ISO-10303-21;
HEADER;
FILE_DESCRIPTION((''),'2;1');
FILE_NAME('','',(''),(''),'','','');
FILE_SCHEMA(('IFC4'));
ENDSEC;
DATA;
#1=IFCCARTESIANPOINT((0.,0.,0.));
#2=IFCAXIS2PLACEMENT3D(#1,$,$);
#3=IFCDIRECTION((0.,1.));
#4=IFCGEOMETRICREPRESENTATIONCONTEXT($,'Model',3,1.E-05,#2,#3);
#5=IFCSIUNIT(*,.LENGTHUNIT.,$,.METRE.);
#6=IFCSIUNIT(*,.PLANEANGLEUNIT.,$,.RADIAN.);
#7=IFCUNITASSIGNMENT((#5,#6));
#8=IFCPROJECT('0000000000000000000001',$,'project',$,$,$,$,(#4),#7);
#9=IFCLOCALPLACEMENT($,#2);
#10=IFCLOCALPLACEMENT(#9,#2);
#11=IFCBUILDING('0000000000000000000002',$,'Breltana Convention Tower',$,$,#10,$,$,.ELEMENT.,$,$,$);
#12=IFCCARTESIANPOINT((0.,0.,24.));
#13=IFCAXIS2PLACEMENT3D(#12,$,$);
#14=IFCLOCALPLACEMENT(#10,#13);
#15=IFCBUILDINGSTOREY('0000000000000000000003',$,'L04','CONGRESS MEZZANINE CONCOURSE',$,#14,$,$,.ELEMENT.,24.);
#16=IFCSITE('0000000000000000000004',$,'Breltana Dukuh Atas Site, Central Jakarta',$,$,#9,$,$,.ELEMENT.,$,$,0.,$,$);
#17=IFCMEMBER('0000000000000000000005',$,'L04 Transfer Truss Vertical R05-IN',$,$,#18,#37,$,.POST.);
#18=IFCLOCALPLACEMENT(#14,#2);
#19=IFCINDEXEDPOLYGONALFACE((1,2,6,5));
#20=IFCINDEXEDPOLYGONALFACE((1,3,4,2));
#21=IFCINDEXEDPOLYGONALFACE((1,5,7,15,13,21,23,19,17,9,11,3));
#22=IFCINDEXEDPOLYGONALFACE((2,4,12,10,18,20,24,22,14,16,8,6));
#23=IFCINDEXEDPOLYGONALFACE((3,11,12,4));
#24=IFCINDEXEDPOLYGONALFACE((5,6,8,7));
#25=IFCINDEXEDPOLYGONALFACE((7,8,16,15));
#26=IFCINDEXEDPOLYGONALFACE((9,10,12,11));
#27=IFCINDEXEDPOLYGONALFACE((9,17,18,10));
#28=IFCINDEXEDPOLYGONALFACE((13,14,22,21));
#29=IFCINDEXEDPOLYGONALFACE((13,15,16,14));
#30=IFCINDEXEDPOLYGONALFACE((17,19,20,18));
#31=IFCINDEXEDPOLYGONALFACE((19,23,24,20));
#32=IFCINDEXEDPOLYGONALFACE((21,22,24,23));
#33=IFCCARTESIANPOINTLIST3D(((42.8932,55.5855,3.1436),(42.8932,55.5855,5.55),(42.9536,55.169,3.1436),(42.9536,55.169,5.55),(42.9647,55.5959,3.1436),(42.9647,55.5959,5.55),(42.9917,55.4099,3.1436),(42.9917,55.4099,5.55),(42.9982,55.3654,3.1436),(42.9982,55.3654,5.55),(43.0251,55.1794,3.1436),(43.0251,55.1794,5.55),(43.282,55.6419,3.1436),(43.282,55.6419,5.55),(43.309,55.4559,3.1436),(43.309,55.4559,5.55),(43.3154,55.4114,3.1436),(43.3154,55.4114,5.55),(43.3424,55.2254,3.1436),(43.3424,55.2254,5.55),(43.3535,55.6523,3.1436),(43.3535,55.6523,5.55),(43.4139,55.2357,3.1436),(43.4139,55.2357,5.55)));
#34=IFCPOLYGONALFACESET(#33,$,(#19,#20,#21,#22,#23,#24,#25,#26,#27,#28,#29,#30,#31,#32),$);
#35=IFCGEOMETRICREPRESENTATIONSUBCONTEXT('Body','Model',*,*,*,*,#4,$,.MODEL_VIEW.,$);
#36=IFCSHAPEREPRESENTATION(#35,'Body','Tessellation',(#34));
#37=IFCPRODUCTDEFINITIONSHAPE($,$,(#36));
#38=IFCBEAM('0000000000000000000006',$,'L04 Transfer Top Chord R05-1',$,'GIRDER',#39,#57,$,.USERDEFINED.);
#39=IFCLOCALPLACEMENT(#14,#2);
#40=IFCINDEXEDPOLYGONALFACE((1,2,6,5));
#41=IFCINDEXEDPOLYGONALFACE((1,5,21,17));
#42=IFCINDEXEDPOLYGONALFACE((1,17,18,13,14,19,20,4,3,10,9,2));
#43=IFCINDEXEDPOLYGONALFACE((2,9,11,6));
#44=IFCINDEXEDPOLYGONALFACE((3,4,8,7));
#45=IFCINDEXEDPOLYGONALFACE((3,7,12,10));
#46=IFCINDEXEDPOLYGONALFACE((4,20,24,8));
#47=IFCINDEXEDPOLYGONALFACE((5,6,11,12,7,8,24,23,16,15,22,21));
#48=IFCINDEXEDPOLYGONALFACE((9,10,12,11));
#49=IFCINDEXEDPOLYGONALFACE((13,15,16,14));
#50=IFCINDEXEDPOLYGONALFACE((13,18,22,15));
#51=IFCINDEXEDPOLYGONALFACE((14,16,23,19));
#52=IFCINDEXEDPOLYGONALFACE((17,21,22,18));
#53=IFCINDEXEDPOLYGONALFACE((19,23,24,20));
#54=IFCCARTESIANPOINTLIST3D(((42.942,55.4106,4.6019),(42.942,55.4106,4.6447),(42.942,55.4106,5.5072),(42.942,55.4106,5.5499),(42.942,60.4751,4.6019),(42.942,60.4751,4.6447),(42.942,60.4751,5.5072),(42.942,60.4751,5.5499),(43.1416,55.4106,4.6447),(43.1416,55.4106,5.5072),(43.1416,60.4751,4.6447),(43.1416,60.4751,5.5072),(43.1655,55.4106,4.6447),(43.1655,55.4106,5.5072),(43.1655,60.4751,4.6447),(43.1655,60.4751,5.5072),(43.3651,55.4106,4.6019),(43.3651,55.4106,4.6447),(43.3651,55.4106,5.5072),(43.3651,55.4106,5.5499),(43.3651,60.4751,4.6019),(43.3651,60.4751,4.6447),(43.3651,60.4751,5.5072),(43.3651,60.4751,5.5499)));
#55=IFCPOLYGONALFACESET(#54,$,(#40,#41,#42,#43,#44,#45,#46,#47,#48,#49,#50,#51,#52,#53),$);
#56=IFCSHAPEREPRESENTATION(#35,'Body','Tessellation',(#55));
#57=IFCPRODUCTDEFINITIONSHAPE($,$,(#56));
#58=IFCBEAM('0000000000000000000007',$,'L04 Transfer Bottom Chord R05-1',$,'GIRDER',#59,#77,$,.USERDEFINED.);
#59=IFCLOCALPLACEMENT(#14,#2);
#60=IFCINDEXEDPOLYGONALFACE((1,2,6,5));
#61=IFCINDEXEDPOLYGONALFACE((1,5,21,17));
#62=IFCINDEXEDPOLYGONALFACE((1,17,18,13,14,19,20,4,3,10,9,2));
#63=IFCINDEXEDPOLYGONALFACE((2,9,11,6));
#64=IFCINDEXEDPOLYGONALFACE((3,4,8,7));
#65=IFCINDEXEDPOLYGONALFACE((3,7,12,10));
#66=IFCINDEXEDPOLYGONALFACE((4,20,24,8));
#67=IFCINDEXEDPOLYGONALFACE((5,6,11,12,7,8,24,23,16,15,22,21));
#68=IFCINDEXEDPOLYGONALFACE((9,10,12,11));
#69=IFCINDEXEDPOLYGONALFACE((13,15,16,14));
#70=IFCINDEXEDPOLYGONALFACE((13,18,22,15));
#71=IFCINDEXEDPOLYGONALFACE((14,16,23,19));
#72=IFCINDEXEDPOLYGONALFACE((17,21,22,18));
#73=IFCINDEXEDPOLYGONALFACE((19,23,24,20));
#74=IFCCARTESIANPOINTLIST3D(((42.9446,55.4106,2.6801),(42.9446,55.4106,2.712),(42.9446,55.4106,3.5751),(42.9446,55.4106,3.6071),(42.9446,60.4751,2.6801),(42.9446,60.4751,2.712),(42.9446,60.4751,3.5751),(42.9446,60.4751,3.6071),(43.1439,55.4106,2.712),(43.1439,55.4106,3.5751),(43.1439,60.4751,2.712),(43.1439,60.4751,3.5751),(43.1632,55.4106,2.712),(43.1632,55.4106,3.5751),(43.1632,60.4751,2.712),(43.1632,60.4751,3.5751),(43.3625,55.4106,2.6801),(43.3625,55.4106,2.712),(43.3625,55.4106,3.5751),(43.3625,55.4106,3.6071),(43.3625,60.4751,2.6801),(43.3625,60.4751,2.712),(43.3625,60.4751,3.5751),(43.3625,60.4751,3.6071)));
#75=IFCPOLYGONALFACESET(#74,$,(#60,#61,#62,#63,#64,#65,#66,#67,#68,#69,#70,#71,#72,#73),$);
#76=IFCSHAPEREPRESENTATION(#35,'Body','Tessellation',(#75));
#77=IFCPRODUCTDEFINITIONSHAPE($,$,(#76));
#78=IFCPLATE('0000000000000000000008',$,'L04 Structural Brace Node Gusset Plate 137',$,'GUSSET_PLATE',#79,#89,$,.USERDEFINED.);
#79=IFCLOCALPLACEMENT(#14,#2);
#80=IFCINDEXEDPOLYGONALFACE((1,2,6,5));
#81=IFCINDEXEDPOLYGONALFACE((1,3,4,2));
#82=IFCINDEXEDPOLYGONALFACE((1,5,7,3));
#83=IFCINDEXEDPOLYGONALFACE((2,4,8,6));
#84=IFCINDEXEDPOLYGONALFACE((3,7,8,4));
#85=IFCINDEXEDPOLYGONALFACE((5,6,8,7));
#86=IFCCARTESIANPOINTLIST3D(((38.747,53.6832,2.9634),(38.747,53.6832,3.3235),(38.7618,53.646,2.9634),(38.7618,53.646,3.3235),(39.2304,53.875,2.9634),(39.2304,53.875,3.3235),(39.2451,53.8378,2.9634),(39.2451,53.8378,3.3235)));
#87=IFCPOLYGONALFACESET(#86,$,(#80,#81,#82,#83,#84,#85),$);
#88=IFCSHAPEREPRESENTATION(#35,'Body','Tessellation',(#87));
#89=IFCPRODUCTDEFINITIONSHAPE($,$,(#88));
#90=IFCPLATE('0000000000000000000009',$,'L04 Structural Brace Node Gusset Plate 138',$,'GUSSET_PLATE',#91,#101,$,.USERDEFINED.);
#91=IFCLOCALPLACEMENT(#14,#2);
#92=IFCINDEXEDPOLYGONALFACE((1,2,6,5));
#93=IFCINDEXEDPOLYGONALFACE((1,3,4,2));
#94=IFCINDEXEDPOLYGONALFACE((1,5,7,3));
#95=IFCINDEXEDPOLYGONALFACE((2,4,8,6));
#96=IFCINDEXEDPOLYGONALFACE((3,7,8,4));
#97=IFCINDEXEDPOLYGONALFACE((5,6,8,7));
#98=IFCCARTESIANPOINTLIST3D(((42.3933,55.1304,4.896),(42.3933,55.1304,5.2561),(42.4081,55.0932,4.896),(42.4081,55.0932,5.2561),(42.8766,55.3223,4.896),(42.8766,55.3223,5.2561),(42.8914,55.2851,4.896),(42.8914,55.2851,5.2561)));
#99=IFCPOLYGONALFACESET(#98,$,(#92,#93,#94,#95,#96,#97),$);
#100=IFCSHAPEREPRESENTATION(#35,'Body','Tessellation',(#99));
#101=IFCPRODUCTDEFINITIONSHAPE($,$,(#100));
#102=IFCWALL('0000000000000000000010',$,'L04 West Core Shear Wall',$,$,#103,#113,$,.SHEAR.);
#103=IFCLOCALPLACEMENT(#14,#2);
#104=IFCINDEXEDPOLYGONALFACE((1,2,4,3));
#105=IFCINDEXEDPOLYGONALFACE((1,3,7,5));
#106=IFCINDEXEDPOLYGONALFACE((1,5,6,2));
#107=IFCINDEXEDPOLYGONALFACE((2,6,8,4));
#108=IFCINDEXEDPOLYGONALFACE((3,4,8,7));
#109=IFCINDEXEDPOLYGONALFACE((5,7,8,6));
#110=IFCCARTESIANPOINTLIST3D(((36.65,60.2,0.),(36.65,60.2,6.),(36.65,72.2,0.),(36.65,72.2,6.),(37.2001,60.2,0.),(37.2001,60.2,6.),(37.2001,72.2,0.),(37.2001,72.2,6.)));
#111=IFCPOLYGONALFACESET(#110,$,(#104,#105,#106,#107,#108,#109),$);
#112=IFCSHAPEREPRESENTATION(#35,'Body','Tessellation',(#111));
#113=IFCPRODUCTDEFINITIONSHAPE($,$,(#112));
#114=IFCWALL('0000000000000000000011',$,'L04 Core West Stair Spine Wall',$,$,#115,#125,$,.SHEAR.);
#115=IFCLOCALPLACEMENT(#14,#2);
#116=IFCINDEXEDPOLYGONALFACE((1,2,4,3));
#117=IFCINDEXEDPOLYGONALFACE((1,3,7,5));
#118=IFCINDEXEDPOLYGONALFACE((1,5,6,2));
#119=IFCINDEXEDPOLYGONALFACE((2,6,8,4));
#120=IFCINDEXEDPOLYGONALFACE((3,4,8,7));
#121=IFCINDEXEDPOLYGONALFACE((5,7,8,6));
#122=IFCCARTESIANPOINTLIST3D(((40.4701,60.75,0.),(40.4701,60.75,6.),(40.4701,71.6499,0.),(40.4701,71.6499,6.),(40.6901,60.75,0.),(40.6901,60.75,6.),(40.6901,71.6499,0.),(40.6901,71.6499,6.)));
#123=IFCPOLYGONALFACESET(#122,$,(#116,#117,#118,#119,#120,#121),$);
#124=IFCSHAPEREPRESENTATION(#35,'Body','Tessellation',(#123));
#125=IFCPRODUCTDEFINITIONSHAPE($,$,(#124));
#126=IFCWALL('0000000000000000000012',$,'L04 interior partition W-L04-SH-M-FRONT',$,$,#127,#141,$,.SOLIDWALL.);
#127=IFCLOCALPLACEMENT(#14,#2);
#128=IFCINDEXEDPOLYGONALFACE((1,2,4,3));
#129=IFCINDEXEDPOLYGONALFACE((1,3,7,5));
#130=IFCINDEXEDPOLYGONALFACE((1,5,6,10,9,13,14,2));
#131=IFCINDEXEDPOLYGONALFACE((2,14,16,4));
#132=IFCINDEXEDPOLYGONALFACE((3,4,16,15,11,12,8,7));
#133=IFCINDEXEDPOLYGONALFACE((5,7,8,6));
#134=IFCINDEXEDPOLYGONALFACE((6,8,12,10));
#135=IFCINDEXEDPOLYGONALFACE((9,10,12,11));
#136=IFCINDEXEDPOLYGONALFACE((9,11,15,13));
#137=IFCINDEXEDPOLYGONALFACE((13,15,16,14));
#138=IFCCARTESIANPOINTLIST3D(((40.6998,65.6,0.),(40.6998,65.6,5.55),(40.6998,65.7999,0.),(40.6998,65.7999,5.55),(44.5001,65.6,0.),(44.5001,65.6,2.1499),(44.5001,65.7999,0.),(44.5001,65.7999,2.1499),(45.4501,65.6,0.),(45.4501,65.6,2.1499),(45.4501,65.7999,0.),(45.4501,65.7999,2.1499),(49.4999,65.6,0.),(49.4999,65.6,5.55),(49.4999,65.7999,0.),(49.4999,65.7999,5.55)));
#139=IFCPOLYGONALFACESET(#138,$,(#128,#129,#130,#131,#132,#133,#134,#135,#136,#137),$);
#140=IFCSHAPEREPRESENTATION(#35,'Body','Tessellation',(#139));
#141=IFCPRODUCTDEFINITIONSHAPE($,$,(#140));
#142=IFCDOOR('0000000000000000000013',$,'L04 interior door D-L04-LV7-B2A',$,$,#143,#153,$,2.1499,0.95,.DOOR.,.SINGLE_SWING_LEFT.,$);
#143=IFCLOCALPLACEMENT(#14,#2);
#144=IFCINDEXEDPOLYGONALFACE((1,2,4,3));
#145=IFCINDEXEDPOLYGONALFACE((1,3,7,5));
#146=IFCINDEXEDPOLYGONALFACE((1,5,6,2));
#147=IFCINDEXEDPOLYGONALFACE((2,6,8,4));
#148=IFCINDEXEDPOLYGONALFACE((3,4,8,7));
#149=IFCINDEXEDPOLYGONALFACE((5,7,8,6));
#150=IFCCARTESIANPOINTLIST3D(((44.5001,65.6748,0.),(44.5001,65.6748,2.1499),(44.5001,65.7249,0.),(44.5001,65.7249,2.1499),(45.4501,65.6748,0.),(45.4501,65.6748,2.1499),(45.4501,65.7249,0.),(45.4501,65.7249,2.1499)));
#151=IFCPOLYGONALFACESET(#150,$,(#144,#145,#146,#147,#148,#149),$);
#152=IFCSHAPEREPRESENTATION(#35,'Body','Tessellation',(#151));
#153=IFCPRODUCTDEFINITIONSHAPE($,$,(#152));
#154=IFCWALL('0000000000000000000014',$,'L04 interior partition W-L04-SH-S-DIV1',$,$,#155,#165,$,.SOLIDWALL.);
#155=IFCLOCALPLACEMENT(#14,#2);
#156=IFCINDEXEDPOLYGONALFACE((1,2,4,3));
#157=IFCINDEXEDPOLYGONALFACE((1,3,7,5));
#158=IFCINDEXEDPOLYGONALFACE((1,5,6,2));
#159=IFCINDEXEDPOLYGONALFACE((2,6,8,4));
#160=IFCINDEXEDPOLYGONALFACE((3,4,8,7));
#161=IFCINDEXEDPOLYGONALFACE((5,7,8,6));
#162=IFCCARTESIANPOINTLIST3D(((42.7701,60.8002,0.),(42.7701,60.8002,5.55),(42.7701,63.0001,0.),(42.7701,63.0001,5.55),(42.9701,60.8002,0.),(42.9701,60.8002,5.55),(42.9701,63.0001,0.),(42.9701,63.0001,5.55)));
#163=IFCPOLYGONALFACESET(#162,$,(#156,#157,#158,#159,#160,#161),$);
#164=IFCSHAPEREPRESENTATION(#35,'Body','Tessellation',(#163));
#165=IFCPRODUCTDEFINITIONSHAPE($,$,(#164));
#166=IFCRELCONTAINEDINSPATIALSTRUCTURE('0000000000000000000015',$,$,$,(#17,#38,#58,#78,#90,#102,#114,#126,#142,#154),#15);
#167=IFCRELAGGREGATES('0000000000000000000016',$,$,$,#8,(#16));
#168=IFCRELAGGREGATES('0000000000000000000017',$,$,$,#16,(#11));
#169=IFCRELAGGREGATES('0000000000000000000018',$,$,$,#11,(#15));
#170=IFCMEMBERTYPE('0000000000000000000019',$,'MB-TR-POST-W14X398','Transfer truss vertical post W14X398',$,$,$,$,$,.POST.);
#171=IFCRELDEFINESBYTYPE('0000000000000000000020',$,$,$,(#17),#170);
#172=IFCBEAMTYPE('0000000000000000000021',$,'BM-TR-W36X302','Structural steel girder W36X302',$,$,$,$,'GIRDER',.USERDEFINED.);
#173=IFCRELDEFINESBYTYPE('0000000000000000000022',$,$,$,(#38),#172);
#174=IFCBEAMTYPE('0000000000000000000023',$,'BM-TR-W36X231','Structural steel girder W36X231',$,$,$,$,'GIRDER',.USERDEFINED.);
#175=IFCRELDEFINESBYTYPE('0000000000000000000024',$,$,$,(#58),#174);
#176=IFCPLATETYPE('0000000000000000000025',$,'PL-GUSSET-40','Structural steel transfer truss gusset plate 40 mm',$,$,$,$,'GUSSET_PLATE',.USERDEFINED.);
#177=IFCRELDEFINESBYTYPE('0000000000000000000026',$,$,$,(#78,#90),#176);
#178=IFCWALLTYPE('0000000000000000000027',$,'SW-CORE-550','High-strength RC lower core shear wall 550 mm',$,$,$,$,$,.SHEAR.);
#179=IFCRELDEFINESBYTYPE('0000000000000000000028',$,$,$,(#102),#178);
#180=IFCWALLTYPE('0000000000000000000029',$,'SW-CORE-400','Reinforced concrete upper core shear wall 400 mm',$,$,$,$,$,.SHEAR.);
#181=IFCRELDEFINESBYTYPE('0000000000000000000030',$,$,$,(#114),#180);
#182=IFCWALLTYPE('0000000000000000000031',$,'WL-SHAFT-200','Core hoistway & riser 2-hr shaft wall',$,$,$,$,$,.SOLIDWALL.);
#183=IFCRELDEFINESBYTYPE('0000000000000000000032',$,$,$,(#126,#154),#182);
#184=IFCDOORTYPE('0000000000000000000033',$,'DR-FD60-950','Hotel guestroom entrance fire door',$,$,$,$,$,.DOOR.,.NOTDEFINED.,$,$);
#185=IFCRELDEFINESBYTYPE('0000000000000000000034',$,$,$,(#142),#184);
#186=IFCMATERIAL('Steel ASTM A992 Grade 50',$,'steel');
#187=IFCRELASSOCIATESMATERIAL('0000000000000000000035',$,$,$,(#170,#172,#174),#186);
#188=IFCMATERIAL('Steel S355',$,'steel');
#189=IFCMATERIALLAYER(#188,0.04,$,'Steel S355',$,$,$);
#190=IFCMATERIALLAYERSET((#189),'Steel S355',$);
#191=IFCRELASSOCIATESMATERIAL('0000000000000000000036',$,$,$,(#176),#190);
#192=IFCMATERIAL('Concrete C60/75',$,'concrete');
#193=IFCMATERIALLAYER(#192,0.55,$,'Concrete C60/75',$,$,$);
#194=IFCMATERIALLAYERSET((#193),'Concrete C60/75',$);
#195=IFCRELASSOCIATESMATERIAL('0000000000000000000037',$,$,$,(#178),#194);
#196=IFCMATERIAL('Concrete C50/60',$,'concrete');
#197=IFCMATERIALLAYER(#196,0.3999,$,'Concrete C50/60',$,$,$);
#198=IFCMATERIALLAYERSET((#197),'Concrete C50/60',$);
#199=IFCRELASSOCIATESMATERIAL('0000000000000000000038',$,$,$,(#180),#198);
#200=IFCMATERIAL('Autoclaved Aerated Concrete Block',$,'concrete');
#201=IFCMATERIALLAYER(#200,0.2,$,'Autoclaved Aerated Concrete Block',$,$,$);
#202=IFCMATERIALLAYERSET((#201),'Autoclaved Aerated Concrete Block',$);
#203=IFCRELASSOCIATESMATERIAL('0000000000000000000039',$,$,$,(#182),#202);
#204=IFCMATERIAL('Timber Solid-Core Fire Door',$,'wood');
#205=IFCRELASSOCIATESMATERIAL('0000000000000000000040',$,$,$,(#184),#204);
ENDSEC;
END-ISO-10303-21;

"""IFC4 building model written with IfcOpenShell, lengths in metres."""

from ifc_helpers import new_model, si_unit, direction, frame, frame_2d, origin, origin_2d, place, context, subcontext, project, spatial, rectangle, i_section, extrude, source, transform, mapped, material, layer, layer_set, material_profile, profile_set, type_object, type_shapes, element, fill, save


model = new_model("IFC4")

# Units and contexts
model_context = context("Model", 3, precision=1e-05, world=origin(), true_north=direction((0.0, 1.0)))
body_context = subcontext(model_context, "Body", "Model", "MODEL_VIEW")
ifc_project = project(units=[si_unit("LENGTHUNIT", "METRE"), si_unit("PLANEANGLEUNIT", "RADIAN")], contexts=[model_context])

# Site, building, storey
site_placement = place(None, origin())
site = spatial("IfcSite", under=ifc_project, at=site_placement, Name="Breltana Dukuh Atas Site, Central Jakarta", CompositionType="ELEMENT", RefElevation=0.0)
building_placement = place(site_placement, origin())
building = spatial("IfcBuilding", under=site, at=building_placement, Name="Breltana Convention Tower", CompositionType="ELEMENT")
storey_placement = place(building_placement, frame((0.0, 0.0, 24.0)))
storey = spatial("IfcBuildingStorey", under=building, at=storey_placement, Name="L04", Description="CONGRESS MEZZANINE CONCOURSE", CompositionType="ELEMENT", Elevation=24.0)

# Member
ifc_material_1 = material(Name="Steel ASTM A992 Grade 50", Category="steel")
ifc_material_profile_1 = material_profile(ifc_material_1, i_section(OverallWidth=0.4209, OverallDepth=0.4651, WebThickness=0.0449, FlangeThickness=0.0723, at=origin_2d()), Name="W14X398")
ifc_profile_set_1 = profile_set([ifc_material_profile_1], Name="Steel ASTM A992 Grade 50")
member_type = type_object("IfcMemberType", Name="MB-TR-POST-W14X398", Description="Transfer truss vertical post W14X398", PredefinedType="POST", material=ifc_profile_set_1)
shared_shape_1 = source(origin(), body_context, "Body", "SweptSolid", [
    extrude(i_section(OverallWidth=0.4209, OverallDepth=0.4651, WebThickness=0.0449, FlangeThickness=0.0723, at=origin_2d()), origin(), (0.0, 0.0, 1.0), 2.4065),
])
type_shapes(member_type, [shared_shape_1])
member_placement = place(storey_placement, frame((43.1536, 55.4106, 3.1436), z_axis=(0.0, 0.0, 1.0), x_axis=(-0.143493, 0.989651, 0.0)))
element("IfcMember", 1, at=member_placement, inside=storey, type_object=member_type, Name="L04 Transfer Truss Vertical R05-IN", PredefinedType="POST", context=body_context, shape_type="MappedRepresentation", body=[
    mapped(shared_shape_1, transform((0.0, 0.0, 0.0), scale=1.0)),
])

# Beams
ifc_material_profile_2 = material_profile(ifc_material_1, i_section(OverallWidth=0.4231, OverallDepth=0.948, WebThickness=0.0239, FlangeThickness=0.0427, at=origin_2d()), Name="W36X302")
ifc_profile_set_2 = profile_set([ifc_material_profile_2], Name="Steel ASTM A992 Grade 50")
beam_type_1 = type_object("IfcBeamType", Name="BM-TR-W36X302", Description="Structural steel girder W36X302", ElementType="GIRDER", PredefinedType="USERDEFINED", material=ifc_profile_set_2)
shared_shape_2 = source(origin(), body_context, "Body", "SweptSolid", [
    extrude(i_section(OverallWidth=0.4231, OverallDepth=0.948, WebThickness=0.0239, FlangeThickness=0.0427, at=origin_2d()), origin(), (0.0, 0.0, 1.0), 5.0645),
])
beam_1_placement = place(storey_placement, frame((43.1536, 55.4106, 5.0759), z_axis=(0.0, 1.0, 0.0), x_axis=(-1.0, 0.0, 0.0)))
element("IfcBeam", 2, at=beam_1_placement, inside=storey, type_object=beam_type_1, Name="L04 Transfer Top Chord R05-1", ObjectType="GIRDER", PredefinedType="USERDEFINED", context=body_context, shape_type="MappedRepresentation", body=[
    mapped(shared_shape_2, transform((0.0, 0.0, 0.0), scale=1.0)),
])
ifc_material_profile_3 = material_profile(ifc_material_1, i_section(OverallWidth=0.418, OverallDepth=0.927, WebThickness=0.0193, FlangeThickness=0.032, at=origin_2d()), Name="W36X231")
ifc_profile_set_3 = profile_set([ifc_material_profile_3], Name="Steel ASTM A992 Grade 50")
beam_type_2 = type_object("IfcBeamType", Name="BM-TR-W36X231", Description="Structural steel girder W36X231", ElementType="GIRDER", PredefinedType="USERDEFINED", material=ifc_profile_set_3)
shared_shape_3 = source(origin(), body_context, "Body", "SweptSolid", [
    extrude(i_section(OverallWidth=0.418, OverallDepth=0.927, WebThickness=0.0193, FlangeThickness=0.032, at=origin_2d()), origin(), (0.0, 0.0, 1.0), 5.0645),
])
beam_2_placement = place(storey_placement, frame((43.1536, 55.4106, 3.1436), z_axis=(0.0, 1.0, 0.0), x_axis=(-1.0, 0.0, 0.0)))
element("IfcBeam", 3, at=beam_2_placement, inside=storey, type_object=beam_type_2, Name="L04 Transfer Bottom Chord R05-1", ObjectType="GIRDER", PredefinedType="USERDEFINED", context=body_context, shape_type="MappedRepresentation", body=[
    mapped(shared_shape_3, transform((0.0, 0.0, 0.0), scale=1.0)),
])

# Plates
ifc_material_2 = material(Name="Steel S355", Category="steel")
ifc_layer_1 = layer(ifc_material_2, 0.04, Name="Steel S355")
ifc_layer_set_1 = layer_set([ifc_layer_1], Name="Steel S355")
plate_type = type_object("IfcPlateType", Name="PL-GUSSET-40", Description="Structural steel transfer truss gusset plate 40 mm", ElementType="GUSSET_PLATE", PredefinedType="USERDEFINED", material=ifc_layer_set_1)
shared_shape_4 = source(origin(), body_context, "Body", "SweptSolid", [
    extrude(rectangle(XDim=0.52, YDim=0.04, at=origin_2d()), origin(), (0.0, 0.0, 1.0), 0.3601),
])
for number, where, z_axis, x_axis, name in (
    (4, (38.9961, 53.7605, 2.9634), (0.0, 0.0, 1.0), (0.929455, 0.368936, 0.0), "L04 Structural Brace Node Gusset Plate 137"),
    (5, (42.6423, 55.2078, 4.896), (0.0, 0.0, 1.0), (0.929455, 0.368936, 0.0), "L04 Structural Brace Node Gusset Plate 138"),
):
    element("IfcPlate", number, at=place(storey_placement, frame(where, z_axis=z_axis, x_axis=x_axis)), inside=storey, type_object=plate_type, Name=name, ObjectType="GUSSET_PLATE", PredefinedType="USERDEFINED", context=body_context, shape_type="MappedRepresentation", body=[
        mapped(shared_shape_4, transform((0.0, 0.0, 0.0), scale=1.0)),
    ])

# Wall
ifc_material_3 = material(Name="Concrete C60/75", Category="concrete")
ifc_layer_2 = layer(ifc_material_3, 0.55, Name="Concrete C60/75")
ifc_layer_set_2 = layer_set([ifc_layer_2], Name="Concrete C60/75")
wall_type_1 = type_object("IfcWallType", Name="SW-CORE-550", Description="High-strength RC lower core shear wall 550 mm", PredefinedType="SHEAR", material=ifc_layer_set_2)
shared_shape_5 = source(origin(), body_context, "Body", "SweptSolid", [
    extrude(rectangle(XDim=12.0, YDim=0.55, at=frame_2d((6.0, 0.0))), origin(), (0.0, 0.0, 1.0), 6.0),
])
wall_1_placement = place(storey_placement, frame((36.925, 60.2, 0.0), z_axis=(0.0, 0.0, 1.0), x_axis=(0.0, 1.0, 0.0)))
element("IfcWall", 6, at=wall_1_placement, inside=storey, type_object=wall_type_1, Name="L04 West Core Shear Wall", PredefinedType="SHEAR", context=body_context, shape_type="MappedRepresentation", body=[
    mapped(shared_shape_5, transform((0.0, 0.0, 0.0), scale=1.0)),
])

# Wall
ifc_material_4 = material(Name="Concrete C50/60", Category="concrete")
ifc_layer_3 = layer(ifc_material_4, 0.3999, Name="Concrete C50/60")
ifc_layer_set_3 = layer_set([ifc_layer_3], Name="Concrete C50/60")
wall_type_2 = type_object("IfcWallType", Name="SW-CORE-400", Description="Reinforced concrete upper core shear wall 400 mm", PredefinedType="SHEAR", material=ifc_layer_set_3)
shared_shape_6 = source(origin(), body_context, "Body", "SweptSolid", [
    extrude(rectangle(XDim=10.8999, YDim=0.22, at=frame_2d((5.45, 0.0))), origin(), (0.0, 0.0, 1.0), 6.0),
])
wall_2_placement = place(storey_placement, frame((40.5801, 60.75, 0.0), z_axis=(0.0, 0.0, 1.0), x_axis=(0.0, 1.0, 0.0)))
element("IfcWall", 7, at=wall_2_placement, inside=storey, type_object=wall_type_2, Name="L04 Core West Stair Spine Wall", PredefinedType="SHEAR", context=body_context, shape_type="MappedRepresentation", body=[
    mapped(shared_shape_6, transform((0.0, 0.0, 0.0), scale=1.0)),
])

# Wall, opening, door
ifc_material_5 = material(Name="Autoclaved Aerated Concrete Block", Category="concrete")
ifc_layer_4 = layer(ifc_material_5, 0.2, Name="Autoclaved Aerated Concrete Block")
ifc_layer_set_4 = layer_set([ifc_layer_4], Name="Autoclaved Aerated Concrete Block")
wall_type_3 = type_object("IfcWallType", Name="WL-SHAFT-200", Description="Core hoistway & riser 2-hr shaft wall", PredefinedType="SOLIDWALL", material=ifc_layer_set_4)
shared_shape_7 = source(origin(), body_context, "Body", "SweptSolid", [
    extrude(rectangle(XDim=8.8, YDim=0.2, at=frame_2d((4.3999, 0.0))), origin(), (0.0, 0.0, 1.0), 5.55),
])
wall_3_placement = place(storey_placement, frame((40.7, 65.7, 0.0), z_axis=(0.0, 0.0, 1.0), x_axis=(1.0, 0.0, 0.0)))
wall_3 = element("IfcWall", 8, at=wall_3_placement, inside=storey, type_object=wall_type_3, Name="L04 interior partition W-L04-SH-M-FRONT", PredefinedType="SOLIDWALL", context=body_context, shape_type="MappedRepresentation", body=[
    mapped(shared_shape_7, transform((0.0, 0.0, 0.0), scale=1.0)),
])
opening_1_placement = place(wall_3_placement, frame((3.8, 0.0, 0.0)))
opening_1 = element("IfcOpeningElement", 9, at=opening_1_placement, cuts=wall_3, PredefinedType="OPENING", context=body_context, shape_type="SweptSolid", body=[
    extrude(rectangle(XDim=0.95, YDim=2.1499, at=frame_2d((0.4751, 1.075))), frame((0.0, 0.1099, 0.0), z_axis=(0.0, -1.0, 0.0), x_axis=(1.0, 0.0, 0.0)), (0.0, 0.0, 1.0), 0.22),
])
ifc_material_6 = material(Name="Timber Solid-Core Fire Door", Category="wood")
door_type_1 = type_object("IfcDoorType", Name="DR-FD60-950", Description="Hotel guestroom entrance fire door", OperationType="NOTDEFINED", PredefinedType="DOOR", material=ifc_material_6)
shared_shape_8 = source(origin(), body_context, "Body", "SweptSolid", [
    extrude(rectangle(XDim=0.95, YDim=2.1499, at=frame_2d((0.4751, 1.075))), frame((0.0, 0.0249, 0.0), z_axis=(0.0, -1.0, 0.0), x_axis=(1.0, 0.0, 0.0)), (0.0, 0.0, 1.0), 0.05),
])
type_shapes(door_type_1, [shared_shape_8])
door_1_placement = place(opening_1_placement, origin())
door_1 = element("IfcDoor", 10, at=door_1_placement, inside=storey, type_object=door_type_1, Name="L04 interior door D-L04-LV7-B2A", OperationType="SINGLE_SWING_LEFT", OverallHeight=2.1499, OverallWidth=0.95, PredefinedType="DOOR", context=body_context, shape_type="MappedRepresentation", body=[
    mapped(shared_shape_8, transform((0.0, 0.0, 0.0), scale=1.0)),
])
fill(opening_1, door_1)

# Wall
shared_shape_9 = source(origin(), body_context, "Body", "SweptSolid", [
    extrude(rectangle(XDim=2.2, YDim=0.2, at=frame_2d((1.1001, 0.0))), origin(), (0.0, 0.0, 1.0), 5.55),
])
wall_4_placement = place(storey_placement, frame((42.8701, 60.8, 0.0), z_axis=(0.0, 0.0, 1.0), x_axis=(0.0, 1.0, 0.0)))
element("IfcWall", 11, at=wall_4_placement, inside=storey, type_object=wall_type_3, Name="L04 interior partition W-L04-SH-S-DIV1", PredefinedType="SOLIDWALL", context=body_context, shape_type="MappedRepresentation", body=[
    mapped(shared_shape_9, transform((0.0, 0.0, 0.0), scale=1.0)),
])

save(model, "model.ifc")
